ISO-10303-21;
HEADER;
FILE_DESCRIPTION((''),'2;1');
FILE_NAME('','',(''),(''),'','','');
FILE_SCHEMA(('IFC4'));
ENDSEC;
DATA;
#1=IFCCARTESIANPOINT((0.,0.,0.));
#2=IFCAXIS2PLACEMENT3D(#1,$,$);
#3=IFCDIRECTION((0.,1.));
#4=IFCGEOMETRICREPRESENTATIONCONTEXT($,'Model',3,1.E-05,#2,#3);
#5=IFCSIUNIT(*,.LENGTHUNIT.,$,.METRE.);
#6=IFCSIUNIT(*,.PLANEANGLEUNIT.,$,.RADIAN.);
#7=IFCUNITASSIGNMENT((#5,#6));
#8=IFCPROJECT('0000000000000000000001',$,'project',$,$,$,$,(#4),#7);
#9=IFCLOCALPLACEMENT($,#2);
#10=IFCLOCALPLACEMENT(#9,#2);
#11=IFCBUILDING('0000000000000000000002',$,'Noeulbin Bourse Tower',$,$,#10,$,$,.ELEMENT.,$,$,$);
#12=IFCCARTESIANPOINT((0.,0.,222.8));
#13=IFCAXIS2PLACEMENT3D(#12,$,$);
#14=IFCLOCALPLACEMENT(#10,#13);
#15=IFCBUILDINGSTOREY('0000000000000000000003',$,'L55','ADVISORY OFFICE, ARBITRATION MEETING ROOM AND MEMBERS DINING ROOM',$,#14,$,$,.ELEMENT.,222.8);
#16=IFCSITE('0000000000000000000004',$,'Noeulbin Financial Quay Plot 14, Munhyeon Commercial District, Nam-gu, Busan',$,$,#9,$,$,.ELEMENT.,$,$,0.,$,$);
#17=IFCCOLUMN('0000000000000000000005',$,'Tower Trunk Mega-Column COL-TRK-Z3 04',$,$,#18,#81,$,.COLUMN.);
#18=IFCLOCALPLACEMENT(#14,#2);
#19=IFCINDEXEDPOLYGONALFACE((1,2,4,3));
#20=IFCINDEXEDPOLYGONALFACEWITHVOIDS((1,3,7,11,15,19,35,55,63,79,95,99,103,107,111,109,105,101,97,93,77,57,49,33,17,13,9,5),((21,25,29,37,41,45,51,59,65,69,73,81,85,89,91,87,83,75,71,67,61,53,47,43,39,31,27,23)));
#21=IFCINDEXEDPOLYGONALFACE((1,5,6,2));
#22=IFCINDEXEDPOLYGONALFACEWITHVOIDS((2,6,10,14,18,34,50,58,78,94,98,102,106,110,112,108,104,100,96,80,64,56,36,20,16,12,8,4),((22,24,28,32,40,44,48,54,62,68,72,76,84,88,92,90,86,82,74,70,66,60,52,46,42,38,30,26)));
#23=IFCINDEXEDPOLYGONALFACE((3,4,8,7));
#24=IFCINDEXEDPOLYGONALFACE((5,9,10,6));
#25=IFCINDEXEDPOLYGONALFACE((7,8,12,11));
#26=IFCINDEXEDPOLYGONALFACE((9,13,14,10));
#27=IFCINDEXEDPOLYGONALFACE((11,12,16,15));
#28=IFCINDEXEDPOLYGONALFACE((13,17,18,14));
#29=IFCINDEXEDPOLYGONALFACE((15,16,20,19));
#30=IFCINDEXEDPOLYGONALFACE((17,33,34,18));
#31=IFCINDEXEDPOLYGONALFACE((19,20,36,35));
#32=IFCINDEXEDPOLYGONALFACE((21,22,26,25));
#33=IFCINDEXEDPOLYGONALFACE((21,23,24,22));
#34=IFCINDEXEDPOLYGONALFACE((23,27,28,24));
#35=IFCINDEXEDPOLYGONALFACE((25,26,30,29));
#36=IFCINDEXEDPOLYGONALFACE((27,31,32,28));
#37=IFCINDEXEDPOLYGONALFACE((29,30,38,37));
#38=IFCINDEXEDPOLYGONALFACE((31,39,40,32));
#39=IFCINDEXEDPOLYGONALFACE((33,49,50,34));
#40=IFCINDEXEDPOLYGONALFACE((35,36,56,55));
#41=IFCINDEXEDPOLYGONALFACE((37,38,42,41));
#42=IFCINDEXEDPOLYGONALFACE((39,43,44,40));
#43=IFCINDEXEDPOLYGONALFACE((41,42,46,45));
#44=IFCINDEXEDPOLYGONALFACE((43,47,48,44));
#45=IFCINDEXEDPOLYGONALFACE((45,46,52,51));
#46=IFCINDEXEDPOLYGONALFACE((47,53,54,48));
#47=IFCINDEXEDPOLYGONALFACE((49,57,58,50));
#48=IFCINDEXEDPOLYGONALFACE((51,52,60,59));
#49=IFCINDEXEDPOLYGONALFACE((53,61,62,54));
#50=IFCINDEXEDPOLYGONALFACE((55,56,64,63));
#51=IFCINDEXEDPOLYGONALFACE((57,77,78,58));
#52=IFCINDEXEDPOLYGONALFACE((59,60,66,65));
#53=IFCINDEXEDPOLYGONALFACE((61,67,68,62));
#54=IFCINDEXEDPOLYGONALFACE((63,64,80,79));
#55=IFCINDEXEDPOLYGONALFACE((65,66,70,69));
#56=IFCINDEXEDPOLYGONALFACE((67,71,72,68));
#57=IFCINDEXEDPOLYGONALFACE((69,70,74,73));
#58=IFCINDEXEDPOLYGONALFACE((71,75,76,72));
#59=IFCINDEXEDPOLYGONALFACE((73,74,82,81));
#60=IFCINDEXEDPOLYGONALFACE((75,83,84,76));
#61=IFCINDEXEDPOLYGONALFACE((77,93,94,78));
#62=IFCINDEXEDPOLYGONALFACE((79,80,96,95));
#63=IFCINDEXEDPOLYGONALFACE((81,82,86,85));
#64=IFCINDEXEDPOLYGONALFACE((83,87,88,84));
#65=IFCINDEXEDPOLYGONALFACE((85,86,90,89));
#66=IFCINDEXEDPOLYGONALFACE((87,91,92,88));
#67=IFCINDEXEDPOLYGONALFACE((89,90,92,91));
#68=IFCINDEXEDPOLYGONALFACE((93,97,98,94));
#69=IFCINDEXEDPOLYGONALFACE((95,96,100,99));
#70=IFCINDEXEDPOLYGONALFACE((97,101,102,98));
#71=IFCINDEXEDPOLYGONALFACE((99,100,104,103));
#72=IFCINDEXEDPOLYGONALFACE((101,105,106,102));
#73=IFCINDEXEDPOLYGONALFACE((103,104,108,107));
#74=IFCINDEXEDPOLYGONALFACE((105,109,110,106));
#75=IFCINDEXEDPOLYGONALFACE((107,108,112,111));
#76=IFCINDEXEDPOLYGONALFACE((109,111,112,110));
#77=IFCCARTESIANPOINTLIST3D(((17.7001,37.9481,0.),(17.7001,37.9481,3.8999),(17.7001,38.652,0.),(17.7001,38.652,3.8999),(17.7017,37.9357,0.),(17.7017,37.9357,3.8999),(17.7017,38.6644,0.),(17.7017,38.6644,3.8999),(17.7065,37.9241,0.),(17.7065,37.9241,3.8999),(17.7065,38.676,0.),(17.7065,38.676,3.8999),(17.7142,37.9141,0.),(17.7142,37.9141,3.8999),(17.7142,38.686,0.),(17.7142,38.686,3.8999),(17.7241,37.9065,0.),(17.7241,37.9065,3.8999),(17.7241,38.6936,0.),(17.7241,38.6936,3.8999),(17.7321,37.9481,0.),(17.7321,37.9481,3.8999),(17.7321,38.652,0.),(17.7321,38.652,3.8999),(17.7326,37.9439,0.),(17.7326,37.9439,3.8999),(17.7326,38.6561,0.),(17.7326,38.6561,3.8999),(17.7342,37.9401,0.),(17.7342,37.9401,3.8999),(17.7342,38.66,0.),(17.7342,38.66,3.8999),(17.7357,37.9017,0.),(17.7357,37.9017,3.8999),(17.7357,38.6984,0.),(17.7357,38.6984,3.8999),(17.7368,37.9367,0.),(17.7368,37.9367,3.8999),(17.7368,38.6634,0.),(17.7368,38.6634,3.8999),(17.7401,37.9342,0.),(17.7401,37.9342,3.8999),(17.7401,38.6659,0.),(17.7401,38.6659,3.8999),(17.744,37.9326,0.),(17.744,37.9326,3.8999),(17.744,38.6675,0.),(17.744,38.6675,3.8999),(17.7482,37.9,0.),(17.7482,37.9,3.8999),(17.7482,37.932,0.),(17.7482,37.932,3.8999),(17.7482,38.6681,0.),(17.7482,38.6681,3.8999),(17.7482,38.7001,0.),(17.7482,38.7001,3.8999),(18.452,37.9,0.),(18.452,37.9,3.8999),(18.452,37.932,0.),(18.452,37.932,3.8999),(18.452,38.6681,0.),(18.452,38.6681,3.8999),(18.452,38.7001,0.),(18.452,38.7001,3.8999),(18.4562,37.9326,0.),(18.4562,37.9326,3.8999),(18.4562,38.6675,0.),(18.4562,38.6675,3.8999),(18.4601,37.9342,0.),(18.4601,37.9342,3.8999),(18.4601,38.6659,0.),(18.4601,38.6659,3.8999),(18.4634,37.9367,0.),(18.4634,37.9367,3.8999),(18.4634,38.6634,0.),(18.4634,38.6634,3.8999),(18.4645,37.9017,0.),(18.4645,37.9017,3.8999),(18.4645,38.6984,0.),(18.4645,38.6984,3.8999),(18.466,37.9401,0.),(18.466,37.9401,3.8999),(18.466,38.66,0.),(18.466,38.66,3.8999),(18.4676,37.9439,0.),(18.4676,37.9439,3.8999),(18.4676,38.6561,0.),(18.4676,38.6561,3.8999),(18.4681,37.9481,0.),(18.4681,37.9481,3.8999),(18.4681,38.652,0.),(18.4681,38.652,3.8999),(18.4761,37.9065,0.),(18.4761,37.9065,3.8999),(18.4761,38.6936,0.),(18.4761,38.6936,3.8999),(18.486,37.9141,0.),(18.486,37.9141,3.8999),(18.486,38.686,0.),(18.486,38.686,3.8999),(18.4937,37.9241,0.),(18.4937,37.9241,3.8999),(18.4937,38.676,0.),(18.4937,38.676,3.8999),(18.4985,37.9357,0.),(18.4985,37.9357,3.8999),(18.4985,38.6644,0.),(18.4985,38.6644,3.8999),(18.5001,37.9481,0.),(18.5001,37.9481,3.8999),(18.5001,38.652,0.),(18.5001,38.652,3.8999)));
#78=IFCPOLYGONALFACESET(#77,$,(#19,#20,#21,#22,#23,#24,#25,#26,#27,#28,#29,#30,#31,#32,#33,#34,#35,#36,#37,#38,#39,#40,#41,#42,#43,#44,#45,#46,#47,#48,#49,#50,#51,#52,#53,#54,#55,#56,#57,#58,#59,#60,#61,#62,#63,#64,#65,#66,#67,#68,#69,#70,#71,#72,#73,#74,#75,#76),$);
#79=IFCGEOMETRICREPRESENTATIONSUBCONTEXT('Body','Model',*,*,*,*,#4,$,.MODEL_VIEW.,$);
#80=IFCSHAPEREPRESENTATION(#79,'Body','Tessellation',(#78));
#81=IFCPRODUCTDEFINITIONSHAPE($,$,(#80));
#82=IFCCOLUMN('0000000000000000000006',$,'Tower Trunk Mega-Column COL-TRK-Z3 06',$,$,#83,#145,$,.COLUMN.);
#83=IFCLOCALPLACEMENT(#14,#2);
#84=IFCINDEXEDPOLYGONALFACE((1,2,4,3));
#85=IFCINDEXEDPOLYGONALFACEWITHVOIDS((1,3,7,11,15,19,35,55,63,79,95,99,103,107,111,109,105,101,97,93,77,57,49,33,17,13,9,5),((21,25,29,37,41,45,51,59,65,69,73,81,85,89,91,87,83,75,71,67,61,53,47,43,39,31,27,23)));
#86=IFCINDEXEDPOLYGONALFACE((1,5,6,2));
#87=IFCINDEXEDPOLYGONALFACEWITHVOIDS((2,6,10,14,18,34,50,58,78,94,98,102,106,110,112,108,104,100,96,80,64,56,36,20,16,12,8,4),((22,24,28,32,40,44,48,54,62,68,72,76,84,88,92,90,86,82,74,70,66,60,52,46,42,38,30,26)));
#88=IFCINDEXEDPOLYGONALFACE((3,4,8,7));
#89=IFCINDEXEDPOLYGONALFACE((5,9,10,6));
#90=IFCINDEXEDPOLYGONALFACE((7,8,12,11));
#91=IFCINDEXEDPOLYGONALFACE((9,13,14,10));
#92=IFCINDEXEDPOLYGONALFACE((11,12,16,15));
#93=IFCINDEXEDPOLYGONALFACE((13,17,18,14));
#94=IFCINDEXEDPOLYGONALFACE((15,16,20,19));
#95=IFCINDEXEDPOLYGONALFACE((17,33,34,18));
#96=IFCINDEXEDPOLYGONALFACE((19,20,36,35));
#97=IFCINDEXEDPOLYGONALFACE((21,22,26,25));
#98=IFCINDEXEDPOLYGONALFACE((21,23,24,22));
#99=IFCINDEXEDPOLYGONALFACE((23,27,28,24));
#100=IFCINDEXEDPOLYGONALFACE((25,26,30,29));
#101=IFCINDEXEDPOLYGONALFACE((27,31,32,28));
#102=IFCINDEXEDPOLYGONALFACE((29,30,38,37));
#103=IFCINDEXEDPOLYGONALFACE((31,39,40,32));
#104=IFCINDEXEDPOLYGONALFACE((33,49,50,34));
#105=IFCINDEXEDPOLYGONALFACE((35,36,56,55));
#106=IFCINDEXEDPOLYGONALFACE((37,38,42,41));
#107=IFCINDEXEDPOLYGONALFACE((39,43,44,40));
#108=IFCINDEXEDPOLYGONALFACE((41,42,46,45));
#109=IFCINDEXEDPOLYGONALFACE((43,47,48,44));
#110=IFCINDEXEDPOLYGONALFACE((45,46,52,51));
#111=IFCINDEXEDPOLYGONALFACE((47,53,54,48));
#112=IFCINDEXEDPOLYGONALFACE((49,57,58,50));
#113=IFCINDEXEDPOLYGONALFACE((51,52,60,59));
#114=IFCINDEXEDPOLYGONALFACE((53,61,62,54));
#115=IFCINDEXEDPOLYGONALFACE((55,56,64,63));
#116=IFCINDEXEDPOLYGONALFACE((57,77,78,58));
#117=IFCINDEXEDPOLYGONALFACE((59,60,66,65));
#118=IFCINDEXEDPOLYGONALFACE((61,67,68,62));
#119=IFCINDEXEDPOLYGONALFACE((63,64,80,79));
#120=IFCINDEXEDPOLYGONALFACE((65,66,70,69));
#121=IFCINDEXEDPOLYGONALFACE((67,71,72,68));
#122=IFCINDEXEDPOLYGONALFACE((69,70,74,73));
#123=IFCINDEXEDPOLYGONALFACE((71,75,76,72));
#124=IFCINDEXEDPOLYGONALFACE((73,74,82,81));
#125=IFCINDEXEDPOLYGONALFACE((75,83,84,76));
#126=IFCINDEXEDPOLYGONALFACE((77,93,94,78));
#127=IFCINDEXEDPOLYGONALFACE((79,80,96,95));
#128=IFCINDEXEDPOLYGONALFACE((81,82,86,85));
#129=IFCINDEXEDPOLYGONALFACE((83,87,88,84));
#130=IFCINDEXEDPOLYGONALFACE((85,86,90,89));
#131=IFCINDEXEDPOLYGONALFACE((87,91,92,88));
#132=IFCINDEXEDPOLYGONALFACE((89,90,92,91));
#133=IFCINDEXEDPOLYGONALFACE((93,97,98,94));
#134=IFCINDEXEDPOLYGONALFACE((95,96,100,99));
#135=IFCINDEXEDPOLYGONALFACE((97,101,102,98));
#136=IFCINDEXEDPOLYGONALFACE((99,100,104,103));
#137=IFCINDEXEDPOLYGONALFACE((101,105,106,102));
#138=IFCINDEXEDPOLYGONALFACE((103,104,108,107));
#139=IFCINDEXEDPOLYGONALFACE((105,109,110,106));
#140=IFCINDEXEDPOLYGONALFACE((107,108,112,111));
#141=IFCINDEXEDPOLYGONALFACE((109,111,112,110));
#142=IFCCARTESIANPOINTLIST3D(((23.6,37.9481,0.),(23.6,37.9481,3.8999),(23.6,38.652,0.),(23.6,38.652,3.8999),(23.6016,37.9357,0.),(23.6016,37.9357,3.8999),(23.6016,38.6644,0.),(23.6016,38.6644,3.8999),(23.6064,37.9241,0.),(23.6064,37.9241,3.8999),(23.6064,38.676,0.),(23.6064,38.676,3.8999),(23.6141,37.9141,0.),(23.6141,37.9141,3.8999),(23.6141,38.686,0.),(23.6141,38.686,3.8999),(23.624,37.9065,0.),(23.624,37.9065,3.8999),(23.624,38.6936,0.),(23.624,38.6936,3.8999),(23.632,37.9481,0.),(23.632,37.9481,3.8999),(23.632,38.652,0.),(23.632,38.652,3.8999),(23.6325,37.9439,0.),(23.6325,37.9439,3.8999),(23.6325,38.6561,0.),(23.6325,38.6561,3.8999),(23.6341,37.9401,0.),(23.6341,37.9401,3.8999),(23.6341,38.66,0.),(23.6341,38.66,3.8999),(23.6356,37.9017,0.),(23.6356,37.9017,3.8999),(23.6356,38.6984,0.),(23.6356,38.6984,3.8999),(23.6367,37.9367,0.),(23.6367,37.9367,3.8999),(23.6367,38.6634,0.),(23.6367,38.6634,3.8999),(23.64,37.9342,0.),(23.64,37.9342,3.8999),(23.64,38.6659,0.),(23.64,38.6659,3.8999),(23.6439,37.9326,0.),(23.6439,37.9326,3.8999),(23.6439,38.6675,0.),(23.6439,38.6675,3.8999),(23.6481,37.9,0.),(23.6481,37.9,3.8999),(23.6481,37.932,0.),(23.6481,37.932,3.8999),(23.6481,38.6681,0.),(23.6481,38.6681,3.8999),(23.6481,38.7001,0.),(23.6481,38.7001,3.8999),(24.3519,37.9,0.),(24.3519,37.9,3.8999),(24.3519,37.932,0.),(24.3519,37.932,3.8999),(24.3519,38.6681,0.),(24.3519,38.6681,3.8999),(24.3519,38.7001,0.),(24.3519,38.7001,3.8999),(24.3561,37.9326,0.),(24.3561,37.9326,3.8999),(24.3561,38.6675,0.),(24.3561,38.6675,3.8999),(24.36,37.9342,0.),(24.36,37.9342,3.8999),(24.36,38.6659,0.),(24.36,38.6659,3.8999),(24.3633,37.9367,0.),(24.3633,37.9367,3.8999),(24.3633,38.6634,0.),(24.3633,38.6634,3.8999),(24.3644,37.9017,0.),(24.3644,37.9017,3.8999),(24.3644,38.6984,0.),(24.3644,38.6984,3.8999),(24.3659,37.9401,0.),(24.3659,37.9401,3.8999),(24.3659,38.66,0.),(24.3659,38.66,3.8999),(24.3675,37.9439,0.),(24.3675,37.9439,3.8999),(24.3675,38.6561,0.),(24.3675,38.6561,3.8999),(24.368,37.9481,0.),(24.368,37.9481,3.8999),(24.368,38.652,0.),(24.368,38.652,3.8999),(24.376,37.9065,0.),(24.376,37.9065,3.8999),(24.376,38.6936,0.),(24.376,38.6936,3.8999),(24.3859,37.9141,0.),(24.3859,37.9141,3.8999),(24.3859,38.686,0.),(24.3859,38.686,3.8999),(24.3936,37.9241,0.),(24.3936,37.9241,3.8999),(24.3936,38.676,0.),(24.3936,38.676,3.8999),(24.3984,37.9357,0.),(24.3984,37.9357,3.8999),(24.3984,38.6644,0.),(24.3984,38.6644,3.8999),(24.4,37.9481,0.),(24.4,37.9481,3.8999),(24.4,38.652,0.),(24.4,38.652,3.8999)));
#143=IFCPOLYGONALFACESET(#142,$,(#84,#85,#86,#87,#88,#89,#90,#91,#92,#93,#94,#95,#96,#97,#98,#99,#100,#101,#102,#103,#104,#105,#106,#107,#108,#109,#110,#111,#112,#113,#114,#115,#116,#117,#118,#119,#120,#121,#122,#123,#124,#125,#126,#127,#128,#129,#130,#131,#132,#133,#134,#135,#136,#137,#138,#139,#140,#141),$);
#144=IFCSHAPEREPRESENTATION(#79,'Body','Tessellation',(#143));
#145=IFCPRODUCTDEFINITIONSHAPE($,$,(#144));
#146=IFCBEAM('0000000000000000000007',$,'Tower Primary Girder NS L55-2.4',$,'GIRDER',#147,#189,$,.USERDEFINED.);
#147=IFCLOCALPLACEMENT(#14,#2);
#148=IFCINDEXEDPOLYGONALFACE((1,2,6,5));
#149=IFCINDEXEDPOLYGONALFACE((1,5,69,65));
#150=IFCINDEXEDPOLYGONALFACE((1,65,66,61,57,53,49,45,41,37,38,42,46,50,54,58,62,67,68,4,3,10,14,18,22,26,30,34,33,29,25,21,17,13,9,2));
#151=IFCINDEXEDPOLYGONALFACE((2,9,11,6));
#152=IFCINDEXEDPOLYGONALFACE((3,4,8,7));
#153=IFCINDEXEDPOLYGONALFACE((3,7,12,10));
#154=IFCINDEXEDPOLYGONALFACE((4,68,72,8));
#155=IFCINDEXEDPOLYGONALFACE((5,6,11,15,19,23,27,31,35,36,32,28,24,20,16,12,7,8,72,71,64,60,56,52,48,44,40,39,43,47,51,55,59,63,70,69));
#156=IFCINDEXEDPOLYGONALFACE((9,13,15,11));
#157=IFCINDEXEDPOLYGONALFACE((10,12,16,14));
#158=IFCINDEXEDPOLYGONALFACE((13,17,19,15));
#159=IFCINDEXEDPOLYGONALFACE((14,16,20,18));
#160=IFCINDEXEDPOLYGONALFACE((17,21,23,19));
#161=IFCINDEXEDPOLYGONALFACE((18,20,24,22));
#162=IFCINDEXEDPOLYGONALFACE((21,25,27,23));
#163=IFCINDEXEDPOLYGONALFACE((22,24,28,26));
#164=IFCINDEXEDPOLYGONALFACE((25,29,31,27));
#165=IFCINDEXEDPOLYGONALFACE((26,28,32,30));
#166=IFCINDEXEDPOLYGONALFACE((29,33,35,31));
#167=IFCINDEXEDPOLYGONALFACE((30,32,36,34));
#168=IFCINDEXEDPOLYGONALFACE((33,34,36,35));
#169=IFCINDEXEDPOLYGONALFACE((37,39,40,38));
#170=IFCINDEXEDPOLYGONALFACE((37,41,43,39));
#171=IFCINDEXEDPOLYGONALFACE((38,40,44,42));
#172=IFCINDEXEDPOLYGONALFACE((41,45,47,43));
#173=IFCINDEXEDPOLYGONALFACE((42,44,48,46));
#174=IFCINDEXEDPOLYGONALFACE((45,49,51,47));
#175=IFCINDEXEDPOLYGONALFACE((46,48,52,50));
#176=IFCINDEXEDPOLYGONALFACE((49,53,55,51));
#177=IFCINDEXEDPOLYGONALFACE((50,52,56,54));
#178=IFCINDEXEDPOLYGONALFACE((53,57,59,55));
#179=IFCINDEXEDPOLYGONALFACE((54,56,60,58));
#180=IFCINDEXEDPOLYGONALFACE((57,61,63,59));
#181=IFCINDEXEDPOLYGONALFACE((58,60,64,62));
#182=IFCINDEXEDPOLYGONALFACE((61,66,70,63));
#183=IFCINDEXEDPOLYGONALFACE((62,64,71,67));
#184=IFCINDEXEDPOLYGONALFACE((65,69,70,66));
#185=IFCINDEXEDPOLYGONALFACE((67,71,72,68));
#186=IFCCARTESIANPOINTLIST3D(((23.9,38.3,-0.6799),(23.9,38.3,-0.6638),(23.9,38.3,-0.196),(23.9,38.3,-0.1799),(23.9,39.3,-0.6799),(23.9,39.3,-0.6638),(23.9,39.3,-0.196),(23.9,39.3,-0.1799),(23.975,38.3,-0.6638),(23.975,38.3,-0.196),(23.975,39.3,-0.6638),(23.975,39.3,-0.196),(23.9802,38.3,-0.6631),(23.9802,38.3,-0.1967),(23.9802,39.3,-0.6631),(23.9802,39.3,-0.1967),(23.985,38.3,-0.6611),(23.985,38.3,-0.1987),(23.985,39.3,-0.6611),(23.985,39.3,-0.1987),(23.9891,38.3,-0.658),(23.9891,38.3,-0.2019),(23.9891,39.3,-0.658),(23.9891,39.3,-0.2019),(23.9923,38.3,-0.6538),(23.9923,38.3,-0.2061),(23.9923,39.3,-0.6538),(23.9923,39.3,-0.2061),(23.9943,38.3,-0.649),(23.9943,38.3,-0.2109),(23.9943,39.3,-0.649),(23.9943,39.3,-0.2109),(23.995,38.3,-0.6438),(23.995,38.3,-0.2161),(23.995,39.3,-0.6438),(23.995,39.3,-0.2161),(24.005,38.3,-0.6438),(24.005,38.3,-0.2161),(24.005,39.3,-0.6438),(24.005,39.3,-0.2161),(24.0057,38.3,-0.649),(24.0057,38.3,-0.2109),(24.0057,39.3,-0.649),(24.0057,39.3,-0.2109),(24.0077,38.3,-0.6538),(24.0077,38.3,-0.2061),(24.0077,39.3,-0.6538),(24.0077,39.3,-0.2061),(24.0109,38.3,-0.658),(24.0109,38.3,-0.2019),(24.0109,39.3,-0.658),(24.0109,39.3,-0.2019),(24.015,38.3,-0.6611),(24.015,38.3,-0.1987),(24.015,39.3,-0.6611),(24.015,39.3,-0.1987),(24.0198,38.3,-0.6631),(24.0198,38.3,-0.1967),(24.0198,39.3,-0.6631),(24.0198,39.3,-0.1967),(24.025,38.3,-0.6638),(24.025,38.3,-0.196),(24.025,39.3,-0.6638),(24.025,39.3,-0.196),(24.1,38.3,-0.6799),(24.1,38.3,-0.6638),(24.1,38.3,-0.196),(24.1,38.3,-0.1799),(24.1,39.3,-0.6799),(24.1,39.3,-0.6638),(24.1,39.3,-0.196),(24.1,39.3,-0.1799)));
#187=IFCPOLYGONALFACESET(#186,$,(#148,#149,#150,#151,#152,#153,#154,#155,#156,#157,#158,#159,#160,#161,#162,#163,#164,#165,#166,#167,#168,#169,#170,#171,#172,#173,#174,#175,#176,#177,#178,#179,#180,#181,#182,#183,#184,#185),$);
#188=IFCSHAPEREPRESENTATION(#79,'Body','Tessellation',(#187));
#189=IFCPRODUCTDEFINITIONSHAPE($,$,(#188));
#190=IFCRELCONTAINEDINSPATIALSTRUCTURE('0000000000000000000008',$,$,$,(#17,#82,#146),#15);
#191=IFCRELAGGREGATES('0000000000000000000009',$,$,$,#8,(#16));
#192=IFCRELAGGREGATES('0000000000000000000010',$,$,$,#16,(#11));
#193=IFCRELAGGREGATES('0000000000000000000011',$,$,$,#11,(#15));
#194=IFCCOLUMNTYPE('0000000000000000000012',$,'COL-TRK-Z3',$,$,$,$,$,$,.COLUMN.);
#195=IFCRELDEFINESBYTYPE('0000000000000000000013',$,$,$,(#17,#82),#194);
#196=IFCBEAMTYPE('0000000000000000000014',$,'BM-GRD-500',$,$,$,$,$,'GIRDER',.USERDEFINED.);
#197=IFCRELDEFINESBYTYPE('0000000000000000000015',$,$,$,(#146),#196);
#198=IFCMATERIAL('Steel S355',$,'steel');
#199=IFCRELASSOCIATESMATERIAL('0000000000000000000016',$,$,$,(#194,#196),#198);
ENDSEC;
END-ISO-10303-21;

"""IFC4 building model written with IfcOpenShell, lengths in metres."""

from ifc_helpers import new_model, si_unit, direction, frame, origin, origin_2d, place, context, subcontext, project, spatial, hollow_rectangle, i_section, extrude, material, material_profile, profile_set, type_object, element, save


model = new_model("IFC4")

# Units and contexts
model_context = context("Model", 3, precision=1e-05, world=origin(), true_north=direction((0.0, 1.0)))
body_context = subcontext(model_context, "Body", "Model", "MODEL_VIEW")
ifc_project = project(units=[si_unit("LENGTHUNIT", "METRE"), si_unit("PLANEANGLEUNIT", "RADIAN")], contexts=[model_context])

# Site, building, storey
site_placement = place(None, origin())
site = spatial("IfcSite", under=ifc_project, at=site_placement, Name="Noeulbin Financial Quay Plot 14, Munhyeon Commercial District, Nam-gu, Busan", CompositionType="ELEMENT", RefElevation=0.0)
building_placement = place(site_placement, origin())
building = spatial("IfcBuilding", under=site, at=building_placement, Name="Noeulbin Bourse Tower", CompositionType="ELEMENT")
storey_placement = place(building_placement, frame((0.0, 0.0, 222.8)))
storey = spatial("IfcBuildingStorey", under=building, at=storey_placement, Name="L55", Description="ADVISORY OFFICE, ARBITRATION MEETING ROOM AND MEMBERS DINING ROOM", CompositionType="ELEMENT", Elevation=222.8)

# Columns
ifc_material_1 = material(Name="Steel S355", Category="steel")
ifc_material_profile_1 = material_profile(ifc_material_1, hollow_rectangle(XDim=0.8, YDim=0.8, WallThickness=0.032, InnerFilletRadius=0.0161, OuterFilletRadius=0.0481, at=origin_2d()), Name="BOX-800x800x32", Category="LoadBearing")
ifc_profile_set_1 = profile_set([ifc_material_profile_1], Name="Steel S355")
column_type = type_object("IfcColumnType", Name="COL-TRK-Z3", PredefinedType="COLUMN", material=ifc_profile_set_1)
for number, where, z_axis, x_axis, name in (
    (1, (18.1001, 38.3, 0.0), (0.0, 0.0, 1.0), (1.0, 0.0, 0.0), "Tower Trunk Mega-Column COL-TRK-Z3 04"),
    (2, (24.0, 38.3, 0.0), (0.0, 0.0, 1.0), (1.0, 0.0, 0.0), "Tower Trunk Mega-Column COL-TRK-Z3 06"),
):
    element("IfcColumn", number, at=place(storey_placement, frame(where, z_axis=z_axis, x_axis=x_axis)), inside=storey, type_object=column_type, Name=name, PredefinedType="COLUMN", context=body_context, shape_type="SweptSolid", body=[
        extrude(hollow_rectangle(XDim=0.8, YDim=0.8, WallThickness=0.032, InnerFilletRadius=0.0161, OuterFilletRadius=0.0481, at=origin_2d()), origin(), (0.0, 0.0, 1.0), 3.8999),
    ])

# Beam
ifc_material_profile_2 = material_profile(ifc_material_1, i_section(OverallWidth=0.2, OverallDepth=0.5, WebThickness=0.01, FlangeThickness=0.0161, FilletRadius=0.02, at=origin_2d()), Name="H-500x200x10x16", Category="LoadBearing")
ifc_profile_set_2 = profile_set([ifc_material_profile_2], Name="Steel S355")
beam_type = type_object("IfcBeamType", Name="BM-GRD-500", ElementType="GIRDER", PredefinedType="USERDEFINED", material=ifc_profile_set_2)
beam_placement = place(storey_placement, frame((24.0, 38.3, -0.4299), z_axis=(0.0, 1.0, 0.0), x_axis=(-1.0, 0.0, 0.0)))
element("IfcBeam", 3, at=beam_placement, inside=storey, type_object=beam_type, Name="Tower Primary Girder NS L55-2.4", ObjectType="GIRDER", PredefinedType="USERDEFINED", context=body_context, shape_type="SweptSolid", body=[
    extrude(i_section(OverallWidth=0.2, OverallDepth=0.5, WebThickness=0.01, FlangeThickness=0.0161, FilletRadius=0.02, at=origin_2d()), origin(), (0.0, 0.0, 1.0), 1.0),
])

save(model, "model.ifc")
